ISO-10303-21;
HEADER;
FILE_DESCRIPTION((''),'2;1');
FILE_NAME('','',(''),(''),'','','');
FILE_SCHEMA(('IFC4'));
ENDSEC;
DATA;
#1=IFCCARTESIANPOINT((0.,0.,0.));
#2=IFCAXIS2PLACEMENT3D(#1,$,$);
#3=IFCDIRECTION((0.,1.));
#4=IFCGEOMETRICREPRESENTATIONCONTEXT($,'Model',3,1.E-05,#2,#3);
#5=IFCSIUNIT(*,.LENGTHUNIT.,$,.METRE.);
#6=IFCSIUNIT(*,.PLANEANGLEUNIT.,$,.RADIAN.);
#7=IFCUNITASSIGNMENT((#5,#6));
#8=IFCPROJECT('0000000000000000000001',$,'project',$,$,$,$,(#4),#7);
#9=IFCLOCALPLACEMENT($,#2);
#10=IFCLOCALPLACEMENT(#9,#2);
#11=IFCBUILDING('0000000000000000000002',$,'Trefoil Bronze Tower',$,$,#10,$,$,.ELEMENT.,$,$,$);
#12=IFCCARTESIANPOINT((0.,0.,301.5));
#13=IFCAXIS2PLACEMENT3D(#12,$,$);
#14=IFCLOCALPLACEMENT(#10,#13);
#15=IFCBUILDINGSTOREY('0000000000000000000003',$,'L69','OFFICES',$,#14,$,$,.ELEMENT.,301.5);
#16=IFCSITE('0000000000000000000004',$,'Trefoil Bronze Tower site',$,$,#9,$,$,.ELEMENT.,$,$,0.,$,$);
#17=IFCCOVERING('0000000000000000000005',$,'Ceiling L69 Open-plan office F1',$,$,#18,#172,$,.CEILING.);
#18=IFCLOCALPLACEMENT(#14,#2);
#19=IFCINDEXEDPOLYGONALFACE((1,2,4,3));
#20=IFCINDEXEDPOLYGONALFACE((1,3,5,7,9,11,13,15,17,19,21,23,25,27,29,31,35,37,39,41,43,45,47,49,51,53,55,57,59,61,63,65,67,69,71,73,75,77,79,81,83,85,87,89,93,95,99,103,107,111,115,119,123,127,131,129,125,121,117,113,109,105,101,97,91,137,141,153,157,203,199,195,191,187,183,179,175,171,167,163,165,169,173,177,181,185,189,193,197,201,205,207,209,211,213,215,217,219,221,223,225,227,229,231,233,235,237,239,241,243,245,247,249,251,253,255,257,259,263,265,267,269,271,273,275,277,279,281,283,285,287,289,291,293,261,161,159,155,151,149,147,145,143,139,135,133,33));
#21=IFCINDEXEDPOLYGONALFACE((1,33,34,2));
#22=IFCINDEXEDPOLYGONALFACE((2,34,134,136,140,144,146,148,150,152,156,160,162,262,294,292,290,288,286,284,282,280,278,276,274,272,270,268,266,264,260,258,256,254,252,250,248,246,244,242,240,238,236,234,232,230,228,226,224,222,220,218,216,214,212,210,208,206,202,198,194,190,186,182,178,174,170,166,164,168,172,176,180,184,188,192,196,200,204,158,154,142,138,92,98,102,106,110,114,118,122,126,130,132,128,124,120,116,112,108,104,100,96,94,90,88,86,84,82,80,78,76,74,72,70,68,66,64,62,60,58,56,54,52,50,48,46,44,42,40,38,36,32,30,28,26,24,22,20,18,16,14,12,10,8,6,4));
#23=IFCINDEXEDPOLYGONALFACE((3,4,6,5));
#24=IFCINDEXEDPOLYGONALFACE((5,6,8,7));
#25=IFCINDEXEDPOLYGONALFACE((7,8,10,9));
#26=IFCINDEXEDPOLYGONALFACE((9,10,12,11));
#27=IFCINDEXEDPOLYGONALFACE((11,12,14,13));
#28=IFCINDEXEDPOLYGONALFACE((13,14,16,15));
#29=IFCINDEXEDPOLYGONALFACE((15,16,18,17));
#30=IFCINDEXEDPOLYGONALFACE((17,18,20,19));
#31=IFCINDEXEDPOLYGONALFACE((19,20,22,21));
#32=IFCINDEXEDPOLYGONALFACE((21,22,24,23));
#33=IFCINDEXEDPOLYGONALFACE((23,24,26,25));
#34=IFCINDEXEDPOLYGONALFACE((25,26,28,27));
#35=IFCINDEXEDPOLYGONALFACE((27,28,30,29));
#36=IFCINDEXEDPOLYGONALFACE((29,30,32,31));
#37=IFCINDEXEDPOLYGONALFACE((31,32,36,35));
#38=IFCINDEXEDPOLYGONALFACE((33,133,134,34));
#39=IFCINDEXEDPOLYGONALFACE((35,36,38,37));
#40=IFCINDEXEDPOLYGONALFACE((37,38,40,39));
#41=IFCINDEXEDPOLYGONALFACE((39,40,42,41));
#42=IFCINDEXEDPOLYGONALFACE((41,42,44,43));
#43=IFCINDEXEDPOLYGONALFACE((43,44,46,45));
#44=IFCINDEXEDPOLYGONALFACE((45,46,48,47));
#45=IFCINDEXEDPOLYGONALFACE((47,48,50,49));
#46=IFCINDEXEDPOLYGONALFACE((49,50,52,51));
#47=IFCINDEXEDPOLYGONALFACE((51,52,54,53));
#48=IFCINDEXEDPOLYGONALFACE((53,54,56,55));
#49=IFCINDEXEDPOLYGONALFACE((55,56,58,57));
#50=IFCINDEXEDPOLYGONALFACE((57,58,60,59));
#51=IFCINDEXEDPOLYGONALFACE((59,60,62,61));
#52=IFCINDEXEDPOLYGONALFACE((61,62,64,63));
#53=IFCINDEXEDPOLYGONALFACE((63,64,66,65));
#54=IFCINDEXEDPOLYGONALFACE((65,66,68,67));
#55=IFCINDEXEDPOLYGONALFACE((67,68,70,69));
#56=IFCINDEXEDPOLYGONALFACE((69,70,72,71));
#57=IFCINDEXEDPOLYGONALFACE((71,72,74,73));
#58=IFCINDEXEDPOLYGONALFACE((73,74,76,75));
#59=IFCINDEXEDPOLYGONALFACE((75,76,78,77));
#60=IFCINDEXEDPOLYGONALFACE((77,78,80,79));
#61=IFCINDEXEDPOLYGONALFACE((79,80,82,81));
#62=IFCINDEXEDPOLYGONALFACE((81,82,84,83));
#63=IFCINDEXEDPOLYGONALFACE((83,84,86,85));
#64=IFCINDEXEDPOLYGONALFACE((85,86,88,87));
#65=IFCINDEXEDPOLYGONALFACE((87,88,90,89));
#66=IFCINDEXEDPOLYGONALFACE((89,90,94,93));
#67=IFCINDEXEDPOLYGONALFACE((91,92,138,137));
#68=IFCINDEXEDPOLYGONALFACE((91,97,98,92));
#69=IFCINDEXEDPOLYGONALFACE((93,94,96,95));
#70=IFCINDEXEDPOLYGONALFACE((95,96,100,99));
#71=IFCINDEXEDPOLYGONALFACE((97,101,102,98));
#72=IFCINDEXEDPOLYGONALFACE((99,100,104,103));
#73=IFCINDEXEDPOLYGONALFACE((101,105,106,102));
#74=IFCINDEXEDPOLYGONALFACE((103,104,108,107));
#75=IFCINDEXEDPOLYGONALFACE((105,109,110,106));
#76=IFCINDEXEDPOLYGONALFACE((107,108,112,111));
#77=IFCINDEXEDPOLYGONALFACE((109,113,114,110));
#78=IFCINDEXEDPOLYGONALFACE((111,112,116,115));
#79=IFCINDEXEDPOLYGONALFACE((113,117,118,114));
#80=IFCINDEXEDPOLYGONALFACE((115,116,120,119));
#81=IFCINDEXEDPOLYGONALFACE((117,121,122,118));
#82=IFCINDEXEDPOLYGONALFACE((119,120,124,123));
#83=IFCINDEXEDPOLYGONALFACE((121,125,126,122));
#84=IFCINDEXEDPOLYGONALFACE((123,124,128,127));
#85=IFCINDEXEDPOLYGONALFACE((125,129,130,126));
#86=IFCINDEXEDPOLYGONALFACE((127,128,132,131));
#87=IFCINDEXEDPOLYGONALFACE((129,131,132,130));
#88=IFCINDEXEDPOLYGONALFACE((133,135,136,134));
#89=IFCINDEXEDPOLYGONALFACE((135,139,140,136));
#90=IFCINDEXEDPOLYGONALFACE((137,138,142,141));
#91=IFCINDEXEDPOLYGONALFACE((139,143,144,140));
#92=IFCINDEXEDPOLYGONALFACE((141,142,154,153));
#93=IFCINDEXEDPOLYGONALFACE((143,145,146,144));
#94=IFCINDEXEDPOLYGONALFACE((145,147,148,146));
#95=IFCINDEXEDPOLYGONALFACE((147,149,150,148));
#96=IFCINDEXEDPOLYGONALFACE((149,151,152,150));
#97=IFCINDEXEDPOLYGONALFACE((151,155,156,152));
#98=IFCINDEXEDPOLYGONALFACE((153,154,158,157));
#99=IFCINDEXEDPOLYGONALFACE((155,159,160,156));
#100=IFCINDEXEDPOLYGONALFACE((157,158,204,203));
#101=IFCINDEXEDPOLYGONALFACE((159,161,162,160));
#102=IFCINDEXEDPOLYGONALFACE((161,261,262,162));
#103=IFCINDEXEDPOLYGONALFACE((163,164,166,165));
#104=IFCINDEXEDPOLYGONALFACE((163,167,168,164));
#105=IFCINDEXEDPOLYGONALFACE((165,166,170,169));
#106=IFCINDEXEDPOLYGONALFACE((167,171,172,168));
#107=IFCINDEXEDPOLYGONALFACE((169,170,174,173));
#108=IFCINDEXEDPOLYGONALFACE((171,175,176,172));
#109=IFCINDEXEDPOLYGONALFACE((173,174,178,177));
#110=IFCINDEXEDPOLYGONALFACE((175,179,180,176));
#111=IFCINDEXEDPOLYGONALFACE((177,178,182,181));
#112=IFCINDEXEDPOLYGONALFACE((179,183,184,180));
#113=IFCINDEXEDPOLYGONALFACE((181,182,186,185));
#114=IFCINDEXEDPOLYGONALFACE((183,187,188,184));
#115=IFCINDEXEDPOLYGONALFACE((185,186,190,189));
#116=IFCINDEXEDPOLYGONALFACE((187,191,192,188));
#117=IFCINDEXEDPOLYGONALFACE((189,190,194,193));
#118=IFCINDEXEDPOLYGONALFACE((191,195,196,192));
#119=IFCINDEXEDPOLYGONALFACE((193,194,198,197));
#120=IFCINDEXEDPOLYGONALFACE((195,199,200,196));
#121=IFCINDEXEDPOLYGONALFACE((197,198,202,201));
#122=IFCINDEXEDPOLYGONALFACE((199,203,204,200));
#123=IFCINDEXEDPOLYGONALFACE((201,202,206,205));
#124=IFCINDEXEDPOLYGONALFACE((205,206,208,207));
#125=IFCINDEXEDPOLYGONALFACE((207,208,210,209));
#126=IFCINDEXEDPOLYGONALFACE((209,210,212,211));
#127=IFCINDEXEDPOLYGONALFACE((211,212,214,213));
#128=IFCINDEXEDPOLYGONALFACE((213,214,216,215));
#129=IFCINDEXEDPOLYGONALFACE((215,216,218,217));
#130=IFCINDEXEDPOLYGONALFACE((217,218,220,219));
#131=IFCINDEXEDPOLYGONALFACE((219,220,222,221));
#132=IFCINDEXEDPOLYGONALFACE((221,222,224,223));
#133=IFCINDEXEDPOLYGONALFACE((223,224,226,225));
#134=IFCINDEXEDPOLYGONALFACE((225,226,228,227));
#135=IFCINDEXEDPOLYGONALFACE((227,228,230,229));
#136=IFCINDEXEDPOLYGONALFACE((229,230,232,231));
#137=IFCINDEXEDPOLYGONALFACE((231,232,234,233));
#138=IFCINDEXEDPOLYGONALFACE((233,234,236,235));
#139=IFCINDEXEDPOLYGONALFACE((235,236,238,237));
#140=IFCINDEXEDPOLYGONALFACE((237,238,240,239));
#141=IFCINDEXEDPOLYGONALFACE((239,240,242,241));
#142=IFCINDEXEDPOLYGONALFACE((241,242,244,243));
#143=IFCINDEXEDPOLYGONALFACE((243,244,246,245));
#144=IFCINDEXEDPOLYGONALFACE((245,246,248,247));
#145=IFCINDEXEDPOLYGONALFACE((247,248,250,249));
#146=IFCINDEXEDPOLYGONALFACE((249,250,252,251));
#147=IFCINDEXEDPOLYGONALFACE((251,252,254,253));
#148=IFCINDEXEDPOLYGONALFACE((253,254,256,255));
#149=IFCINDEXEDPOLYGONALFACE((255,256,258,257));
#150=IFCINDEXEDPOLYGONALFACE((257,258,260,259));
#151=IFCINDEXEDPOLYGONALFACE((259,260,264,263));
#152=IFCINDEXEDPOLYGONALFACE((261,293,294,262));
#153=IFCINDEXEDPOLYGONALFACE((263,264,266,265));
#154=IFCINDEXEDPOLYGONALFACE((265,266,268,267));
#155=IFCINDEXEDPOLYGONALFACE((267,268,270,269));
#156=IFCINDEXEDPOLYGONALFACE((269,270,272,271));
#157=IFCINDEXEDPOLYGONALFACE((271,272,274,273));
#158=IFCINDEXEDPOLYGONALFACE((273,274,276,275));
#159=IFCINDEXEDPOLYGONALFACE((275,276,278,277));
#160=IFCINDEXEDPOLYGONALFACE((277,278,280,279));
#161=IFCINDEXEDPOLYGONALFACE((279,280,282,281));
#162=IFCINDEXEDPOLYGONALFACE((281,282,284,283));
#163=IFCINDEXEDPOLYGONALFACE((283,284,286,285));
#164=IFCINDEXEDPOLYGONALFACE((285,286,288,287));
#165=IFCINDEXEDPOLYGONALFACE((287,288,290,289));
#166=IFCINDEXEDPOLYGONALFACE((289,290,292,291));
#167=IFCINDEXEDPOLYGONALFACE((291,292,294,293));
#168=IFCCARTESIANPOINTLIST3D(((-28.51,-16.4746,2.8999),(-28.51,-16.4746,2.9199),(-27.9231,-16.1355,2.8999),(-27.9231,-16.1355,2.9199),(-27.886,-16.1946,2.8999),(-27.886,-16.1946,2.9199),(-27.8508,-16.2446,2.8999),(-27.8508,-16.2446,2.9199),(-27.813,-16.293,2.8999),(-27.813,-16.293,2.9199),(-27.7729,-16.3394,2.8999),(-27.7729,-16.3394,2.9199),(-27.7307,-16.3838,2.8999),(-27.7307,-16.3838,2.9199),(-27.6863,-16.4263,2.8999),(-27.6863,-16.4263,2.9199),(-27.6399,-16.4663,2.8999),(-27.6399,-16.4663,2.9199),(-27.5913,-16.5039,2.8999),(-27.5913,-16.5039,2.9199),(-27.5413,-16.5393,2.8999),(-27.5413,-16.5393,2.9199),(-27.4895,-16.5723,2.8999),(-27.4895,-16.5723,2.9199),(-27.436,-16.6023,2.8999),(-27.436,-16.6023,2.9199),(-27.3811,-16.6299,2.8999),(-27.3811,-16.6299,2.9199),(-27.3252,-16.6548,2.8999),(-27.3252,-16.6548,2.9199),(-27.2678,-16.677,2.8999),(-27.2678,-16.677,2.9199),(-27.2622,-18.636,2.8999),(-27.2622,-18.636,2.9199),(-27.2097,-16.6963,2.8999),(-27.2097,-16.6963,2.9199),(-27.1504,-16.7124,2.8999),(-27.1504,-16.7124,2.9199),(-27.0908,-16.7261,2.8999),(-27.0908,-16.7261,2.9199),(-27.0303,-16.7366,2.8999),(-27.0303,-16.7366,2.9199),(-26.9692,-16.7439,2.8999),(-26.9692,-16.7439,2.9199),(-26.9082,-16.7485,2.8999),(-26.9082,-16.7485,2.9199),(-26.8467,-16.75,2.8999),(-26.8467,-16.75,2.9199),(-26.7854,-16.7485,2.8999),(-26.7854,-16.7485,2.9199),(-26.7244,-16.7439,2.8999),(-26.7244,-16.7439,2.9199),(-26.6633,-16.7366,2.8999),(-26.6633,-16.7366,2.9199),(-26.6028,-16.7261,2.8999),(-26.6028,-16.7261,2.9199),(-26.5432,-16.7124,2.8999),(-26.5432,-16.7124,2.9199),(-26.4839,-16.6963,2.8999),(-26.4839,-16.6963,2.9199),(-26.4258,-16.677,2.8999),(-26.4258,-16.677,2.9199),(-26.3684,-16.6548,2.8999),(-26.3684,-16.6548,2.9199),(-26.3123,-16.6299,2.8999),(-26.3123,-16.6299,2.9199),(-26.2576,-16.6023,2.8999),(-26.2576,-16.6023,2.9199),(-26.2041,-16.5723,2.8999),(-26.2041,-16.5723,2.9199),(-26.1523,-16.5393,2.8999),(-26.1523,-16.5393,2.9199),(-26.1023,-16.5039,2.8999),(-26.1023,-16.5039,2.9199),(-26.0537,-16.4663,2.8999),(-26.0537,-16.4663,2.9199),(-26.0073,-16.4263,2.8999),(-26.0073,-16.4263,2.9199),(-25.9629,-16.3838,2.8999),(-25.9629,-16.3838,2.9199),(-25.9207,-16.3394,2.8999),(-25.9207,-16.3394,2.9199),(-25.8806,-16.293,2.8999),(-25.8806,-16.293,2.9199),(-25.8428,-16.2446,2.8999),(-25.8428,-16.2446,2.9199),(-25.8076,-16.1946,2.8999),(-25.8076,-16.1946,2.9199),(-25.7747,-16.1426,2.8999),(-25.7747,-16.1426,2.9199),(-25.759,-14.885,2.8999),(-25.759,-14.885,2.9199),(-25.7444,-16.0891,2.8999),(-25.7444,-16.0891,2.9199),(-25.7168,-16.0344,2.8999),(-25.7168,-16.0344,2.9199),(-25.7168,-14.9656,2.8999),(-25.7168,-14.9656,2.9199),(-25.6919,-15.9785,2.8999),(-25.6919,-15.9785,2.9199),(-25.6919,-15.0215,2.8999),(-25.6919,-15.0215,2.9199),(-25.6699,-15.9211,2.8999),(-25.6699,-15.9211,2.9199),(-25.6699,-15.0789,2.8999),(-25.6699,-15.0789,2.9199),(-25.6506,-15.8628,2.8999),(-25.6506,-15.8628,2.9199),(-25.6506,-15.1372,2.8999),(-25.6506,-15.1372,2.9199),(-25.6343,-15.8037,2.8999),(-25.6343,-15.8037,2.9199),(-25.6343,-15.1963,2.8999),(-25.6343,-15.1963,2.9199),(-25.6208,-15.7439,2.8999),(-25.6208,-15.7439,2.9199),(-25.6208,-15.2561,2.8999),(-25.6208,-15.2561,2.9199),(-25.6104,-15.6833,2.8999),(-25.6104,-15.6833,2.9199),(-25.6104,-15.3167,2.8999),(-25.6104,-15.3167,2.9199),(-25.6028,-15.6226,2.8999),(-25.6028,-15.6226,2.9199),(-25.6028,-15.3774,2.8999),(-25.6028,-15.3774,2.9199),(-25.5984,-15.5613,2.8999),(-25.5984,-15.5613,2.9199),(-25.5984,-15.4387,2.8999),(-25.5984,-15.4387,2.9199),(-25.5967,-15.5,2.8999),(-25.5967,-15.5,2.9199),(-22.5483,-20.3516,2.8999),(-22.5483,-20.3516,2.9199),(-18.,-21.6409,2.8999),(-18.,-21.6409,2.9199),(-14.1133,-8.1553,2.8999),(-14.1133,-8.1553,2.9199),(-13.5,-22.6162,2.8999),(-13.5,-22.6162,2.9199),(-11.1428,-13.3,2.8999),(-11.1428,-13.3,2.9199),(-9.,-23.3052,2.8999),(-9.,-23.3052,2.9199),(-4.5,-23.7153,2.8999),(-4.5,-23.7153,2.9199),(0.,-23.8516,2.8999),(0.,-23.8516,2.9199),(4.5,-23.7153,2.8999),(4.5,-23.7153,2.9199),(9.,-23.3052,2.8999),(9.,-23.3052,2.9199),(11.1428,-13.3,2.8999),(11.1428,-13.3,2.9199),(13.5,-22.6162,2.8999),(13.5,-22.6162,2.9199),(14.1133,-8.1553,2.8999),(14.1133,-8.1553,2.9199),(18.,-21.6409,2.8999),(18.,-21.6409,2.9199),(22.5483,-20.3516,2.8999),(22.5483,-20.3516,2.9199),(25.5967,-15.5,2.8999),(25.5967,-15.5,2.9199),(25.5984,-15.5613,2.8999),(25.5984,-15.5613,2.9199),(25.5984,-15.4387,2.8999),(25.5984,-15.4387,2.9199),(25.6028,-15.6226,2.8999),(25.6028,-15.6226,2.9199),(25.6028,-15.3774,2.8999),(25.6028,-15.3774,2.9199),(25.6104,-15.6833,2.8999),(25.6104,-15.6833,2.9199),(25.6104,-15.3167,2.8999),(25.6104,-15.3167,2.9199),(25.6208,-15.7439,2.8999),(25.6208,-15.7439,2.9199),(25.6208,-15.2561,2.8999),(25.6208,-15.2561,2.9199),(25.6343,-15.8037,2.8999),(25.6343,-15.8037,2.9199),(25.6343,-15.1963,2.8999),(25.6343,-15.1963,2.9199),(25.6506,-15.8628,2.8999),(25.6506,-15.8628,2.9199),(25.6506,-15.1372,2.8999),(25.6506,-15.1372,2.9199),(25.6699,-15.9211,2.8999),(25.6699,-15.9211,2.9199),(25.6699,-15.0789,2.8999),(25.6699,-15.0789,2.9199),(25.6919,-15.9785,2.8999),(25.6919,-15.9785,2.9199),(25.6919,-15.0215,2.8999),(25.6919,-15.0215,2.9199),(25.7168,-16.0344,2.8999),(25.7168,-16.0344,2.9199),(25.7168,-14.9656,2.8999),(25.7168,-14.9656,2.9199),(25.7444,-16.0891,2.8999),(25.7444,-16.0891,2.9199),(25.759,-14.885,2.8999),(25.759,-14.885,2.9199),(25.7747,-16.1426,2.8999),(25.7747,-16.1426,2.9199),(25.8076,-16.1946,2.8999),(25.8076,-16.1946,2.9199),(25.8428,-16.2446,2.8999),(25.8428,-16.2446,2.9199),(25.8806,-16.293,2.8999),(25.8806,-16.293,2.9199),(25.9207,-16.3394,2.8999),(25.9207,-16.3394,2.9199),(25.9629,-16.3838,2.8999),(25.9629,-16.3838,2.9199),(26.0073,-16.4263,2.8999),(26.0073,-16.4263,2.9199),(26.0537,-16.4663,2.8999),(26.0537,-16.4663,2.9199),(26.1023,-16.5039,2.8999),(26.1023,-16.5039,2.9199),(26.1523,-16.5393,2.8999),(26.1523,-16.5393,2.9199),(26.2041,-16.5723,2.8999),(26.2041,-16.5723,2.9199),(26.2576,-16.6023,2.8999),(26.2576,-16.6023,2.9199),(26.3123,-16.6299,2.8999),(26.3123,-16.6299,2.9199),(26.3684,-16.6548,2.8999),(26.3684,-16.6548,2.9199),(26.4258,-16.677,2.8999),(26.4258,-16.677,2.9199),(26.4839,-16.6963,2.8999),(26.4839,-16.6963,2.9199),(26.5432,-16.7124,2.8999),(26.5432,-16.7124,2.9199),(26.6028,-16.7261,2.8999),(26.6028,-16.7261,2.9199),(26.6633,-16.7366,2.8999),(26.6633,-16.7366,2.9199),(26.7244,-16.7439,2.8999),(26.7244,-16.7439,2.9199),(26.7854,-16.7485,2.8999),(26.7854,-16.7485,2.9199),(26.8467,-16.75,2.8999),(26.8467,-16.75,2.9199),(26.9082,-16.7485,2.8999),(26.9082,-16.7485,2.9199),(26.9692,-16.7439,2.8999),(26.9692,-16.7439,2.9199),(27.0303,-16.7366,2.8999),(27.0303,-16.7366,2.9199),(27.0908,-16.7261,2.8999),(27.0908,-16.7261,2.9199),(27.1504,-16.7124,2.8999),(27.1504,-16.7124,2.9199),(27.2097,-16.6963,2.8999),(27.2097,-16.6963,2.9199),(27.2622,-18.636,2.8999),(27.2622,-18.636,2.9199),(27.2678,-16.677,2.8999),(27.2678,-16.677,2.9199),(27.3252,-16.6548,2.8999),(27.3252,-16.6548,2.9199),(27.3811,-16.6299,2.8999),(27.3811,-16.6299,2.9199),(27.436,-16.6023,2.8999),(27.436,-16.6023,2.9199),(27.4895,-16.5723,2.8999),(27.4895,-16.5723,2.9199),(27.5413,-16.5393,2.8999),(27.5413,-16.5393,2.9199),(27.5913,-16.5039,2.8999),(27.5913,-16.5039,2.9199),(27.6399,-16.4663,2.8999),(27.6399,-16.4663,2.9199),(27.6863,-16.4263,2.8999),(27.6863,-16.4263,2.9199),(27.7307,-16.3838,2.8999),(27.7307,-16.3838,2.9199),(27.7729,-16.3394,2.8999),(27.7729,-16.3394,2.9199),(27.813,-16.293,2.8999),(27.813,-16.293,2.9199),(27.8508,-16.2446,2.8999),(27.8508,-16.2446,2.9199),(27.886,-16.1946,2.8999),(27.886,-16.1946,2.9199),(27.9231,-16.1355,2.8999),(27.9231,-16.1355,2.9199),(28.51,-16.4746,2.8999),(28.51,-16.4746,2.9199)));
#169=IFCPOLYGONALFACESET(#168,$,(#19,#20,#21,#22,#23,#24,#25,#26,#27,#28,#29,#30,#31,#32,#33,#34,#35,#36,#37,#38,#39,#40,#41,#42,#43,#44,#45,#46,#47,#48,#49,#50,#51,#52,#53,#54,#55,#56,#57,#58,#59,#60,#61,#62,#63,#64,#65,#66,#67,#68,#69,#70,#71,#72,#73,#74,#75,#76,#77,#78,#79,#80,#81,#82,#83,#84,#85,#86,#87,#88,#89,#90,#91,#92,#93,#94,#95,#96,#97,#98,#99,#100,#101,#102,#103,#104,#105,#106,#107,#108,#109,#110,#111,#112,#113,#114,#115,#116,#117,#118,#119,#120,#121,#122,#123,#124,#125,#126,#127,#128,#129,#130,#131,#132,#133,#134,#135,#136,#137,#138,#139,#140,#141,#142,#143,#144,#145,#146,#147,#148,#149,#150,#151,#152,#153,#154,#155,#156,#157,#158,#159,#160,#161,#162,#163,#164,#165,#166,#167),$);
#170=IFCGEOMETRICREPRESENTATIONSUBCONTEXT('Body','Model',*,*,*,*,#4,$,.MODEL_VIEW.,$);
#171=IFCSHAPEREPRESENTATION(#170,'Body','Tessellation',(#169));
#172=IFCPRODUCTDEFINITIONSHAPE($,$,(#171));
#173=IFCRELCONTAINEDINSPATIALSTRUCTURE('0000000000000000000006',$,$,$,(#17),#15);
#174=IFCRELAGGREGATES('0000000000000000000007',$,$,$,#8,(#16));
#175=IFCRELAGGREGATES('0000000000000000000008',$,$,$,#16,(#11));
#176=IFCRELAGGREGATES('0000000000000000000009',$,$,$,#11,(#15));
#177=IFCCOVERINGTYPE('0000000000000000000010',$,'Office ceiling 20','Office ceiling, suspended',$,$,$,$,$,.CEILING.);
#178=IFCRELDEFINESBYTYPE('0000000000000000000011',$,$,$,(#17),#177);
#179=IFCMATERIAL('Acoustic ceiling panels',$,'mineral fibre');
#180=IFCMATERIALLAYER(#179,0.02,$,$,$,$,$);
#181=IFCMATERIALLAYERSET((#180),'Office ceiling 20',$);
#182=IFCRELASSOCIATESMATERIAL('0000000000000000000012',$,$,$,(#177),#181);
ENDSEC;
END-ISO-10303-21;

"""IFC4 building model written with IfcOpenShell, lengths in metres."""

from ifc_helpers import new_model, si_unit, direction, frame, origin, place, context, subcontext, project, spatial, polyline, outline, extrude, material, layer, layer_set, type_object, element, save


model = new_model("IFC4")

# Units and contexts
model_context = context("Model", 3, precision=1e-05, world=origin(), true_north=direction((0.0, 1.0)))
body_context = subcontext(model_context, "Body", "Model", "MODEL_VIEW")
ifc_project = project(units=[si_unit("LENGTHUNIT", "METRE"), si_unit("PLANEANGLEUNIT", "RADIAN")], contexts=[model_context])

# Site, building, storey
site_placement = place(None, origin())
site = spatial("IfcSite", under=ifc_project, at=site_placement, Name="Trefoil Bronze Tower site", CompositionType="ELEMENT", RefElevation=0.0)
building_placement = place(site_placement, origin())
building = spatial("IfcBuilding", under=site, at=building_placement, Name="Trefoil Bronze Tower", CompositionType="ELEMENT")
storey_placement = place(building_placement, frame((0.0, 0.0, 301.5)))
storey = spatial("IfcBuildingStorey", under=building, at=storey_placement, Name="L69", Description="OFFICES", CompositionType="ELEMENT", Elevation=301.5)

# Covering
ifc_material_1 = material(Name="Acoustic ceiling panels", Category="mineral fibre")
ifc_layer_1 = layer(ifc_material_1, 0.02)
ifc_layer_set_1 = layer_set([ifc_layer_1], Name="Office ceiling 20")
covering_type_1 = type_object("IfcCoveringType", Name="Office ceiling 20", Description="Office ceiling, suspended", PredefinedType="CEILING", material=ifc_layer_set_1)
covering_1_placement = place(storey_placement, frame((0.0, 0.0, 2.8999)))
element("IfcCovering", 1, at=covering_1_placement, inside=storey, type_object=covering_type_1, Name="Ceiling L69 Open-plan office F1", PredefinedType="CEILING", context=body_context, shape_type="SweptSolid", body=[
    extrude(outline(polyline([(-27.886, -16.1946), (-27.8508, -16.2446), (-27.813, -16.293), (-27.7729, -16.3394), (-27.7307, -16.3838), (-27.6863, -16.4263), (-27.6399, -16.4663), (-27.5913, -16.5039), (-27.5413, -16.5393), (-27.4895, -16.5723), (-27.436, -16.6023), (-27.3811, -16.6299), (-27.3252, -16.6548), (-27.2678, -16.677), (-27.2097, -16.6963), (-27.1504, -16.7124), (-27.0908, -16.7261), (-27.0303, -16.7366), (-26.9692, -16.7439), (-26.9082, -16.7485), (-26.8467, -16.75), (-26.7854, -16.7485), (-26.7244, -16.7439), (-26.6633, -16.7366), (-26.6028, -16.7261), (-26.5432, -16.7124), (-26.4839, -16.6963), (-26.4258, -16.677), (-26.3684, -16.6548), (-26.3123, -16.6299), (-26.2576, -16.6023), (-26.2041, -16.5723), (-26.1523, -16.5393), (-26.1023, -16.5039), (-26.0537, -16.4663), (-26.0073, -16.4263), (-25.9629, -16.3838), (-25.9207, -16.3394), (-25.8806, -16.293), (-25.8428, -16.2446), (-25.8076, -16.1946), (-25.7747, -16.1426), (-25.7444, -16.0891), (-25.7168, -16.0344), (-25.6919, -15.9785), (-25.6699, -15.9211), (-25.6506, -15.8628), (-25.6343, -15.8037), (-25.6208, -15.7439), (-25.6104, -15.6833), (-25.6028, -15.6226), (-25.5984, -15.5613), (-25.5967, -15.5), (-25.5984, -15.4387), (-25.6028, -15.3774), (-25.6104, -15.3167), (-25.6208, -15.2561), (-25.6343, -15.1963), (-25.6506, -15.1372), (-25.6699, -15.0789), (-25.6919, -15.0215), (-25.7168, -14.9656), (-25.759, -14.885), (-14.1133, -8.1553), (-11.1428, -13.3), (11.1428, -13.3), (14.1133, -8.1553), (25.759, -14.885), (25.7168, -14.9656), (25.6919, -15.0215), (25.6699, -15.0789), (25.6506, -15.1372), (25.6343, -15.1963), (25.6208, -15.2561), (25.6104, -15.3167), (25.6028, -15.3774), (25.5984, -15.4387), (25.5967, -15.5), (25.5984, -15.5613), (25.6028, -15.6226), (25.6104, -15.6833), (25.6208, -15.7439), (25.6343, -15.8037), (25.6506, -15.8628), (25.6699, -15.9211), (25.6919, -15.9785), (25.7168, -16.0344), (25.7444, -16.0891), (25.7747, -16.1426), (25.8076, -16.1946), (25.8428, -16.2446), (25.8806, -16.293), (25.9207, -16.3394), (25.9629, -16.3838), (26.0073, -16.4263), (26.0537, -16.4663), (26.1023, -16.5039), (26.1523, -16.5393), (26.2041, -16.5723), (26.2576, -16.6023), (26.3123, -16.6299), (26.3684, -16.6548), (26.4258, -16.677), (26.4839, -16.6963), (26.5432, -16.7124), (26.6028, -16.7261), (26.6633, -16.7366), (26.7244, -16.7439), (26.7854, -16.7485), (26.8467, -16.75), (26.9082, -16.7485), (26.9692, -16.7439), (27.0303, -16.7366), (27.0908, -16.7261), (27.1504, -16.7124), (27.2097, -16.6963), (27.2678, -16.677), (27.3252, -16.6548), (27.3811, -16.6299), (27.436, -16.6023), (27.4895, -16.5723), (27.5413, -16.5393), (27.5913, -16.5039), (27.6399, -16.4663), (27.6863, -16.4263), (27.7307, -16.3838), (27.7729, -16.3394), (27.813, -16.293), (27.8508, -16.2446), (27.886, -16.1946), (27.9231, -16.1355), (28.51, -16.4746), (27.2622, -18.636), (22.5483, -20.3516), (18.0, -21.6409), (13.5, -22.6162), (9.0, -23.3052), (4.5, -23.7153), (0.0, -23.8516), (-4.5, -23.7153), (-9.0, -23.3052), (-13.5, -22.6162), (-18.0, -21.6409), (-22.5483, -20.3516), (-27.2622, -18.636), (-28.51, -16.4746), (-27.9231, -16.1355), (-27.886, -16.1946)])), origin(), (0.0, 0.0, 1.0), 0.02),
])

save(model, "model.ifc")
